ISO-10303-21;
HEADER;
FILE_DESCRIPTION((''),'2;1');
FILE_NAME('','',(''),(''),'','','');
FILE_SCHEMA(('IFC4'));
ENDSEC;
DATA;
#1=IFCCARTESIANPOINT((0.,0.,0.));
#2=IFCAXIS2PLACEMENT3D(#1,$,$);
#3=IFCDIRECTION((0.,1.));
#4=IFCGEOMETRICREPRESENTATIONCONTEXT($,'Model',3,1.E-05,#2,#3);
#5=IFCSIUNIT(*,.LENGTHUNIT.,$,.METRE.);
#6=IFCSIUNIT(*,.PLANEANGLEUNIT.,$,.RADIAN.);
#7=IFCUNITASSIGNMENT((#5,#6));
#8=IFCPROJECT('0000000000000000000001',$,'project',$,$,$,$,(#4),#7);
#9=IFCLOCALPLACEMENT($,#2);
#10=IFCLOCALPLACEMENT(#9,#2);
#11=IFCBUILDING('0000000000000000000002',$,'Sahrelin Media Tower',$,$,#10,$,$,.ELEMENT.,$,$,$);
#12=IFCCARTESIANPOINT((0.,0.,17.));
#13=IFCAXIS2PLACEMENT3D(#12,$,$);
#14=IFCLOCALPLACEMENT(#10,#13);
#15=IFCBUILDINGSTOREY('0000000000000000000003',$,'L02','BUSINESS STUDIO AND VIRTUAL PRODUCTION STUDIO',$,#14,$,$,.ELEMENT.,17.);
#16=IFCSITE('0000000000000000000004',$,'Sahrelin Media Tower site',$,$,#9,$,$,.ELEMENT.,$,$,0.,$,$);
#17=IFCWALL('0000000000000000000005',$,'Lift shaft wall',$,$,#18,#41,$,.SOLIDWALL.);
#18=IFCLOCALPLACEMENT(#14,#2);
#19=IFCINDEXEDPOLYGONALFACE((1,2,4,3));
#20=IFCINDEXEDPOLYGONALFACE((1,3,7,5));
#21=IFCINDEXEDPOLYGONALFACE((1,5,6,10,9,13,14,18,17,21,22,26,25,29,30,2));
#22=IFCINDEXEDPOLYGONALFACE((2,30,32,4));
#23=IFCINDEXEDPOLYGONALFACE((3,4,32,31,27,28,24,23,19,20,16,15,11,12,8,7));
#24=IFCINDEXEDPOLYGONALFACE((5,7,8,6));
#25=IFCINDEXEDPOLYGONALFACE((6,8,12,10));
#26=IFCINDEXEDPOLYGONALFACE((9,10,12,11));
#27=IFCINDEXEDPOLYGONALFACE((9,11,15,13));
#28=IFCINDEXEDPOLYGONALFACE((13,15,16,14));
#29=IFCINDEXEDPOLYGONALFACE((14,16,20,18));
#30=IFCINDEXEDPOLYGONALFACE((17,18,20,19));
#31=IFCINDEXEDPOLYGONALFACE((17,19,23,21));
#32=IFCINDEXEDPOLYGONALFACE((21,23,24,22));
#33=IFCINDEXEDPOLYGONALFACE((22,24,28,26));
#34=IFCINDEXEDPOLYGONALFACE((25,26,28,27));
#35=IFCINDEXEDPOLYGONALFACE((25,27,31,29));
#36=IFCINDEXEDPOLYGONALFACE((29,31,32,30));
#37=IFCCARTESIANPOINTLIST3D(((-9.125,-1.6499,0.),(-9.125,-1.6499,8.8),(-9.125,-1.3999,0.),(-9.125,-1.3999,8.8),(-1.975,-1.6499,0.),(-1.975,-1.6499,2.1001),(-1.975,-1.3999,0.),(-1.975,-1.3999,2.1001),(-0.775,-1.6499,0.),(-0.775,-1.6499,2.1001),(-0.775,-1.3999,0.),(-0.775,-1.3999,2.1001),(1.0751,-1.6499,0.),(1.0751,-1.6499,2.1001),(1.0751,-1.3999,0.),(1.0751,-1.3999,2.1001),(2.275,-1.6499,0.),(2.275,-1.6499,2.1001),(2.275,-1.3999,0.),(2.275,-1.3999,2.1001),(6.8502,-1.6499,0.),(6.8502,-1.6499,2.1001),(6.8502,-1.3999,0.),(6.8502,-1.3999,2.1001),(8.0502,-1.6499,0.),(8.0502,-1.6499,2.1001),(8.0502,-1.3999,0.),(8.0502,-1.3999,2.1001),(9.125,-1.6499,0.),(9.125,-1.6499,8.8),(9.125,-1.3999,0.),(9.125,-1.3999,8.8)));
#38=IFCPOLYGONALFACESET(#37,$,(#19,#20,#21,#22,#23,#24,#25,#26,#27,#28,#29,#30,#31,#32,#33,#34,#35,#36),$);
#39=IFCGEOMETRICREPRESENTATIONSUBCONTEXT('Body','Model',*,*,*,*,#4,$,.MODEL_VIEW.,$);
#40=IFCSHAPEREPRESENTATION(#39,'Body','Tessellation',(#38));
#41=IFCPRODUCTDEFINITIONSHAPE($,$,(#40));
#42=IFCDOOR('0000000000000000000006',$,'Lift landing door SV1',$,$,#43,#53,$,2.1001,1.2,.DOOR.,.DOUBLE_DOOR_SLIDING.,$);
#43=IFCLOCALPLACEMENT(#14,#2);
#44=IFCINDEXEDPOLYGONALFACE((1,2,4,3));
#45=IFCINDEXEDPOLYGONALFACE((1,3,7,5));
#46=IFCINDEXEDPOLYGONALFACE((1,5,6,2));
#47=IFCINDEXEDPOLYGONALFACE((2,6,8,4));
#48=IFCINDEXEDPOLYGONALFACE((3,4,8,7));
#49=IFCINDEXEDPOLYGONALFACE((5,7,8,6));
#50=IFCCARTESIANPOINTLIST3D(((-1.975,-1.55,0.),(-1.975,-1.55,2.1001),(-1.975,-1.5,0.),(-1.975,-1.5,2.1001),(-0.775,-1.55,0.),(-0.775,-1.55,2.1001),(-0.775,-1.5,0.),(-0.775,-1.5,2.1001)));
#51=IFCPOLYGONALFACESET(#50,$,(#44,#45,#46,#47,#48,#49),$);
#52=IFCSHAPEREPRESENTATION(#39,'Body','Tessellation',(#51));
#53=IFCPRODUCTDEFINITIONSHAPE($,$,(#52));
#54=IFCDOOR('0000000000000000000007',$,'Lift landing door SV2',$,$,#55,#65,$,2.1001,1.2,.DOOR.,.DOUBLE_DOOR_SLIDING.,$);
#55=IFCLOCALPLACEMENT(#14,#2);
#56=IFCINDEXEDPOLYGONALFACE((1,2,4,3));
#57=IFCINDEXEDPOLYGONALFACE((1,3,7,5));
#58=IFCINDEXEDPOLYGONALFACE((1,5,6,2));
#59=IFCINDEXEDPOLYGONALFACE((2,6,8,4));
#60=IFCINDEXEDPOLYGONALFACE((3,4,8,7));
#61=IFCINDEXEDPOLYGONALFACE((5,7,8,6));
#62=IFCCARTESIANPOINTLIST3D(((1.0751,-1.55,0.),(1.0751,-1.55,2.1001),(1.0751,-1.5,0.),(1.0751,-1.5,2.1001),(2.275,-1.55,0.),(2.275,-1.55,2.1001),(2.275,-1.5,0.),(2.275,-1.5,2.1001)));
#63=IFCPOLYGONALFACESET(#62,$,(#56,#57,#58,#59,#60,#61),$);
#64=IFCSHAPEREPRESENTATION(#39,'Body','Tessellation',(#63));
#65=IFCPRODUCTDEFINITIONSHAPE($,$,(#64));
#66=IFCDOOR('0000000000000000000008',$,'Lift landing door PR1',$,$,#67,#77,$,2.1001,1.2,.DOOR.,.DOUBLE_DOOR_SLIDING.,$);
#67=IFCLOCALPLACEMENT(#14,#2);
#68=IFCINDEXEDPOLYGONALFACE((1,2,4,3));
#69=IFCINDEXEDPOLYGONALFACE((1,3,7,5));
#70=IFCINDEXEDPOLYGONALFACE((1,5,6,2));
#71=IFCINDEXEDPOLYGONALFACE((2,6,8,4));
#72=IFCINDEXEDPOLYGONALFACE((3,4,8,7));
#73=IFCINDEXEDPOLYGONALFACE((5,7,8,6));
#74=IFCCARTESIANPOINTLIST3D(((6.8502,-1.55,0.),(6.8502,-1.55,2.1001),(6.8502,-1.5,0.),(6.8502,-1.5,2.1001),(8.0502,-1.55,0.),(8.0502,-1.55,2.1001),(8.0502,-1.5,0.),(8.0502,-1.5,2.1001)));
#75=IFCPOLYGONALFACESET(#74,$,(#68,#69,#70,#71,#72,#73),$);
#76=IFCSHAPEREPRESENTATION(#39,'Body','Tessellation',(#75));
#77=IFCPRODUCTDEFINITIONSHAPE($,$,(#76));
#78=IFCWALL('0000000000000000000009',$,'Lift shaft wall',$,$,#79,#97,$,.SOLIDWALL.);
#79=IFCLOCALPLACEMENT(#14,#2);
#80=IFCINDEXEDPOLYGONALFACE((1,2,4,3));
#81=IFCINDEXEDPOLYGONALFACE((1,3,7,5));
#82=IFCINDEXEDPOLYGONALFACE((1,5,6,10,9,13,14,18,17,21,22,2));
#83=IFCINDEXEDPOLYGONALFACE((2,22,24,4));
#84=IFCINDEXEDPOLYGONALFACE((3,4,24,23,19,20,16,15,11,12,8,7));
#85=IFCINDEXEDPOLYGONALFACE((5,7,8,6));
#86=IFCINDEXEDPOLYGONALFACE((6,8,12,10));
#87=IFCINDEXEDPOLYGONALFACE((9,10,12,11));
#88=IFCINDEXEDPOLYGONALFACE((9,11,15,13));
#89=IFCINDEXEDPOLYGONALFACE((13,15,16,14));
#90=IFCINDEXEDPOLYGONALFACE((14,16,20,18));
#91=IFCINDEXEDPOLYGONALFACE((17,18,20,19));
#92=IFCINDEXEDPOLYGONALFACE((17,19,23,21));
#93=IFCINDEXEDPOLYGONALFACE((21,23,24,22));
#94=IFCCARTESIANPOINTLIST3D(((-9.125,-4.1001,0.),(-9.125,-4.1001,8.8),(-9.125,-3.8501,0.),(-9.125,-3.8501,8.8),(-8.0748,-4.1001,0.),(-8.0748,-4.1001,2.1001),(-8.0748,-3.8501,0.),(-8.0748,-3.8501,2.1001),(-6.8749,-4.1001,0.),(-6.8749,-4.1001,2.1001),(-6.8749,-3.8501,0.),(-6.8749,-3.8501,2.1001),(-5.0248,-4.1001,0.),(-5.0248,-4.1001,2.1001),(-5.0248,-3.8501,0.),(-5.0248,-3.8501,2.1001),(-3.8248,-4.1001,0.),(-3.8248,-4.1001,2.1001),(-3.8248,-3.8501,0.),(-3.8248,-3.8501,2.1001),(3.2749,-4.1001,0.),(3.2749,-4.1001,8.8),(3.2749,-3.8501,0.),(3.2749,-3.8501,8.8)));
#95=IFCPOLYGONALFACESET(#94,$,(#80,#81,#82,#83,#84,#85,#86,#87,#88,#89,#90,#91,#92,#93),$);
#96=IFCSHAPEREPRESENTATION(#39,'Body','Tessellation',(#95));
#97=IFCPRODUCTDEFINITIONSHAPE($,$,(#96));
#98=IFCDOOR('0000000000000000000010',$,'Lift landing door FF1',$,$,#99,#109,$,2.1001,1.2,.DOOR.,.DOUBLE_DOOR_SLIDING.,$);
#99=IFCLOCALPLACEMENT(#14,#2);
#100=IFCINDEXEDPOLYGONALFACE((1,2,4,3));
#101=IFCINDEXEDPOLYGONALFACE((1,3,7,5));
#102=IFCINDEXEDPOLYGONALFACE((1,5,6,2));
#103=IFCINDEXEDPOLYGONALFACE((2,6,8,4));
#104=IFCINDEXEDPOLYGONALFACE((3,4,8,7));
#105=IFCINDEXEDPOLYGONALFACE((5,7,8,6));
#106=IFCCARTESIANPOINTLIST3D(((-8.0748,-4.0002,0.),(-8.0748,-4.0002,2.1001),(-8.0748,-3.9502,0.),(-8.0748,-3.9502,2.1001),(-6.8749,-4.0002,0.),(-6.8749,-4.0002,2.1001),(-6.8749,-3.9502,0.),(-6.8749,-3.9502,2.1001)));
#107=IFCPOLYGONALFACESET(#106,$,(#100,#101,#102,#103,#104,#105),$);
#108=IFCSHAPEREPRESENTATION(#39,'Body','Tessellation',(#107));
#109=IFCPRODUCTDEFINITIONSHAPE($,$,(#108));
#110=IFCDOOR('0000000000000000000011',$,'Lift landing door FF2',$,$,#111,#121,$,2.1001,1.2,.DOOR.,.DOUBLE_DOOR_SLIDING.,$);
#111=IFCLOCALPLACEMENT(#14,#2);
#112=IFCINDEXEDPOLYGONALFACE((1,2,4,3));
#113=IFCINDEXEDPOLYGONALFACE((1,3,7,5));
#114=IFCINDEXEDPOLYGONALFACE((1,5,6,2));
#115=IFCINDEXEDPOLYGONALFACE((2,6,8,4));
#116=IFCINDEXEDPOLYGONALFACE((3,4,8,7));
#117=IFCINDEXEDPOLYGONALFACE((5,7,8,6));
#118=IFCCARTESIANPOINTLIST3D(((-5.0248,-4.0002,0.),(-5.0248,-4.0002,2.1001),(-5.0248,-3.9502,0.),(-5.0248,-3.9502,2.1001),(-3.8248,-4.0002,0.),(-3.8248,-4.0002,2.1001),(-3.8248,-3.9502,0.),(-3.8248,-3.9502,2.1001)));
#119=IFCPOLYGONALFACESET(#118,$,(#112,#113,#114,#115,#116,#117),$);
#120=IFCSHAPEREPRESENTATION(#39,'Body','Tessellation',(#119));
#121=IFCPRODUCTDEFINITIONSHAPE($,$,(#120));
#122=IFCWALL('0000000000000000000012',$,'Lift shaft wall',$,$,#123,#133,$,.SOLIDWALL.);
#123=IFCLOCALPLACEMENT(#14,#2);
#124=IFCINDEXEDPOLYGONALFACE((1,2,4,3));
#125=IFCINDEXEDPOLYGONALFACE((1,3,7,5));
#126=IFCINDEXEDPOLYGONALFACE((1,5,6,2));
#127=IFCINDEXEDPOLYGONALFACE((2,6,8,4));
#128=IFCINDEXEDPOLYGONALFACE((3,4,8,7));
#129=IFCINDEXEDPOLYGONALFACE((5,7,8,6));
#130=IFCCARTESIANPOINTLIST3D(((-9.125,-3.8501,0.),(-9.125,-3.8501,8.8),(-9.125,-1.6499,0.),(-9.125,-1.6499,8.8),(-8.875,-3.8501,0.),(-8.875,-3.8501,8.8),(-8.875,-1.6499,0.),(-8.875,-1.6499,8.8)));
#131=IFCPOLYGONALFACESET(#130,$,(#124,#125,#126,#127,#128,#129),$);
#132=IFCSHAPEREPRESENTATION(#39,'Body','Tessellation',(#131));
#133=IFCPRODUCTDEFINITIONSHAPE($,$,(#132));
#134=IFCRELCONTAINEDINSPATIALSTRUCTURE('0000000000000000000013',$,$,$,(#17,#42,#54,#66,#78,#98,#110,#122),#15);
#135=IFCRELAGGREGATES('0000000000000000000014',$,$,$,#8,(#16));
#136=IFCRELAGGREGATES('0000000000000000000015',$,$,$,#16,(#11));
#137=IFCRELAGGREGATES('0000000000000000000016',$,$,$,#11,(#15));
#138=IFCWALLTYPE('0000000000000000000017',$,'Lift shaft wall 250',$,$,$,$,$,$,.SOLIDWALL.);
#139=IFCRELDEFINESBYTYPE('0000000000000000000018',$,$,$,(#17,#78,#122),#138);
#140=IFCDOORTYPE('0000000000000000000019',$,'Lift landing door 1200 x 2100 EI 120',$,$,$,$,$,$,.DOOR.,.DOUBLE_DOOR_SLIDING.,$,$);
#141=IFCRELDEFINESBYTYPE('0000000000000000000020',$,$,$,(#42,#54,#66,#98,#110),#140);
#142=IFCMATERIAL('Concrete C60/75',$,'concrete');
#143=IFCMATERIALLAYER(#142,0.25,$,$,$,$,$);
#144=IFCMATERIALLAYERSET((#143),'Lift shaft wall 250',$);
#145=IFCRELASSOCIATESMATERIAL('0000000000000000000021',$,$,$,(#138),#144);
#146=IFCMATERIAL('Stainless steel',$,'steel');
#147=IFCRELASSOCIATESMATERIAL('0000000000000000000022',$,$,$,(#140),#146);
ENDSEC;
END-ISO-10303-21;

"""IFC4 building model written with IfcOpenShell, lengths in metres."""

from ifc_helpers import new_model, si_unit, direction, frame, frame_2d, origin, place, context, subcontext, project, spatial, rectangle, extrude, material, layer, layer_set, type_object, element, fill, save


model = new_model("IFC4")

# Units and contexts
model_context = context("Model", 3, precision=1e-05, world=origin(), true_north=direction((0.0, 1.0)))
body_context = subcontext(model_context, "Body", "Model", "MODEL_VIEW")
ifc_project = project(units=[si_unit("LENGTHUNIT", "METRE"), si_unit("PLANEANGLEUNIT", "RADIAN")], contexts=[model_context])

# Site, building, storey
site_placement = place(None, origin())
site = spatial("IfcSite", under=ifc_project, at=site_placement, Name="Sahrelin Media Tower site", CompositionType="ELEMENT", RefElevation=0.0)
building_placement = place(site_placement, origin())
building = spatial("IfcBuilding", under=site, at=building_placement, Name="Sahrelin Media Tower", CompositionType="ELEMENT")
storey_placement = place(building_placement, frame((0.0, 0.0, 17.0)))
storey = spatial("IfcBuildingStorey", under=building, at=storey_placement, Name="L02", Description="BUSINESS STUDIO AND VIRTUAL PRODUCTION STUDIO", CompositionType="ELEMENT", Elevation=17.0)

# Walls, openings, doors
ifc_material_1 = material(Name="Concrete C60/75", Category="concrete")
ifc_layer_1 = layer(ifc_material_1, 0.25)
ifc_layer_set_1 = layer_set([ifc_layer_1], Name="Lift shaft wall 250")
wall_type_1 = type_object("IfcWallType", Name="Lift shaft wall 250", PredefinedType="SOLIDWALL", material=ifc_layer_set_1)
wall_1_placement = place(storey_placement, frame((-9.125, -1.5249, 0.0), z_axis=(0.0, 0.0, 1.0), x_axis=(1.0, 0.0, 0.0)))
wall_1 = element("IfcWall", 1, at=wall_1_placement, inside=storey, type_object=wall_type_1, Name="Lift shaft wall", PredefinedType="SOLIDWALL", context=body_context, shape_type="SweptSolid", body=[
    extrude(rectangle(XDim=18.25, YDim=0.25, at=frame_2d((9.125, 0.0))), origin(), (0.0, 0.0, 1.0), 8.8),
])
opening_1_placement = place(wall_1_placement, frame((7.1499, 0.0, 0.0)))
opening_1 = element("IfcOpeningElement", 2, at=opening_1_placement, cuts=wall_1, PredefinedType="OPENING", context=body_context, shape_type="SweptSolid", body=[
    extrude(rectangle(XDim=1.2, YDim=2.1001, at=frame_2d((0.6001, 1.05))), frame((0.0, 0.125, 0.0), z_axis=(0.0, -1.0, 0.0), x_axis=(1.0, 0.0, 0.0)), (0.0, 0.0, 1.0), 0.25),
])
opening_2_placement = place(wall_1_placement, frame((10.2, 0.0, 0.0)))
opening_2 = element("IfcOpeningElement", 3, at=opening_2_placement, cuts=wall_1, PredefinedType="OPENING", context=body_context, shape_type="SweptSolid", body=[
    extrude(rectangle(XDim=1.2, YDim=2.1001, at=frame_2d((0.6001, 1.05))), frame((0.0, 0.125, 0.0), z_axis=(0.0, -1.0, 0.0), x_axis=(1.0, 0.0, 0.0)), (0.0, 0.0, 1.0), 0.25),
])
opening_3_placement = place(wall_1_placement, frame((15.9751, 0.0, 0.0)))
opening_3 = element("IfcOpeningElement", 4, at=opening_3_placement, cuts=wall_1, PredefinedType="OPENING", context=body_context, shape_type="SweptSolid", body=[
    extrude(rectangle(XDim=1.2, YDim=2.1001, at=frame_2d((0.6001, 1.05))), frame((0.0, 0.125, 0.0), z_axis=(0.0, -1.0, 0.0), x_axis=(1.0, 0.0, 0.0)), (0.0, 0.0, 1.0), 0.25),
])
ifc_material_2 = material(Name="Stainless steel", Category="steel")
door_type_1 = type_object("IfcDoorType", Name="Lift landing door 1200 x 2100 EI 120", OperationType="DOUBLE_DOOR_SLIDING", PredefinedType="DOOR", material=ifc_material_2)
door_1_placement = place(opening_1_placement, origin())
door_1 = element("IfcDoor", 5, at=door_1_placement, inside=storey, type_object=door_type_1, Name="Lift landing door SV1", OperationType="DOUBLE_DOOR_SLIDING", OverallHeight=2.1001, OverallWidth=1.2, PredefinedType="DOOR", context=body_context, shape_type="SweptSolid", body=[
    extrude(rectangle(XDim=1.2, YDim=2.1001, at=frame_2d((0.6001, 1.05))), frame((0.0, 0.0249, 0.0), z_axis=(0.0, -1.0, 0.0), x_axis=(1.0, 0.0, 0.0)), (0.0, 0.0, 1.0), 0.05),
])
fill(opening_1, door_1)
door_2_placement = place(opening_2_placement, origin())
door_2 = element("IfcDoor", 6, at=door_2_placement, inside=storey, type_object=door_type_1, Name="Lift landing door SV2", OperationType="DOUBLE_DOOR_SLIDING", OverallHeight=2.1001, OverallWidth=1.2, PredefinedType="DOOR", context=body_context, shape_type="SweptSolid", body=[
    extrude(rectangle(XDim=1.2, YDim=2.1001, at=frame_2d((0.6001, 1.05))), frame((0.0, 0.0249, 0.0), z_axis=(0.0, -1.0, 0.0), x_axis=(1.0, 0.0, 0.0)), (0.0, 0.0, 1.0), 0.05),
])
fill(opening_2, door_2)
door_3_placement = place(opening_3_placement, origin())
door_3 = element("IfcDoor", 7, at=door_3_placement, inside=storey, type_object=door_type_1, Name="Lift landing door PR1", OperationType="DOUBLE_DOOR_SLIDING", OverallHeight=2.1001, OverallWidth=1.2, PredefinedType="DOOR", context=body_context, shape_type="SweptSolid", body=[
    extrude(rectangle(XDim=1.2, YDim=2.1001, at=frame_2d((0.6001, 1.05))), frame((0.0, 0.0249, 0.0), z_axis=(0.0, -1.0, 0.0), x_axis=(1.0, 0.0, 0.0)), (0.0, 0.0, 1.0), 0.05),
])
fill(opening_3, door_3)
wall_2_placement = place(storey_placement, frame((-9.125, -3.9751, 0.0), z_axis=(0.0, 0.0, 1.0), x_axis=(1.0, 0.0, 0.0)))
wall_2 = element("IfcWall", 8, at=wall_2_placement, inside=storey, type_object=wall_type_1, Name="Lift shaft wall", PredefinedType="SOLIDWALL", context=body_context, shape_type="SweptSolid", body=[
    extrude(rectangle(XDim=12.3999, YDim=0.25, at=frame_2d((6.2, 0.0))), origin(), (0.0, 0.0, 1.0), 8.8),
])
opening_4_placement = place(wall_2_placement, frame((1.05, 0.0, 0.0)))
opening_4 = element("IfcOpeningElement", 9, at=opening_4_placement, cuts=wall_2, PredefinedType="OPENING", context=body_context, shape_type="SweptSolid", body=[
    extrude(rectangle(XDim=1.2, YDim=2.1001, at=frame_2d((0.6001, 1.05))), frame((0.0, 0.125, 0.0), z_axis=(0.0, -1.0, 0.0), x_axis=(1.0, 0.0, 0.0)), (0.0, 0.0, 1.0), 0.25),
])
opening_5_placement = place(wall_2_placement, frame((4.1001, 0.0, 0.0)))
opening_5 = element("IfcOpeningElement", 10, at=opening_5_placement, cuts=wall_2, PredefinedType="OPENING", context=body_context, shape_type="SweptSolid", body=[
    extrude(rectangle(XDim=1.2, YDim=2.1001, at=frame_2d((0.6001, 1.05))), frame((0.0, 0.125, 0.0), z_axis=(0.0, -1.0, 0.0), x_axis=(1.0, 0.0, 0.0)), (0.0, 0.0, 1.0), 0.25),
])
door_4_placement = place(opening_4_placement, origin())
door_4 = element("IfcDoor", 11, at=door_4_placement, inside=storey, type_object=door_type_1, Name="Lift landing door FF1", OperationType="DOUBLE_DOOR_SLIDING", OverallHeight=2.1001, OverallWidth=1.2, PredefinedType="DOOR", context=body_context, shape_type="SweptSolid", body=[
    extrude(rectangle(XDim=1.2, YDim=2.1001, at=frame_2d((0.6001, 1.05))), frame((0.0, 0.0249, 0.0), z_axis=(0.0, -1.0, 0.0), x_axis=(1.0, 0.0, 0.0)), (0.0, 0.0, 1.0), 0.05),
])
fill(opening_4, door_4)
door_5_placement = place(opening_5_placement, origin())
door_5 = element("IfcDoor", 12, at=door_5_placement, inside=storey, type_object=door_type_1, Name="Lift landing door FF2", OperationType="DOUBLE_DOOR_SLIDING", OverallHeight=2.1001, OverallWidth=1.2, PredefinedType="DOOR", context=body_context, shape_type="SweptSolid", body=[
    extrude(rectangle(XDim=1.2, YDim=2.1001, at=frame_2d((0.6001, 1.05))), frame((0.0, 0.0249, 0.0), z_axis=(0.0, -1.0, 0.0), x_axis=(1.0, 0.0, 0.0)), (0.0, 0.0, 1.0), 0.05),
])
fill(opening_5, door_5)

# Wall
wall_3_placement = place(storey_placement, frame((-9.0, -3.8501, 0.0), z_axis=(0.0, 0.0, 1.0), x_axis=(0.0, 1.0, 0.0)))
element("IfcWall", 13, at=wall_3_placement, inside=storey, type_object=wall_type_1, Name="Lift shaft wall", PredefinedType="SOLIDWALL", context=body_context, shape_type="SweptSolid", body=[
    extrude(rectangle(XDim=2.2002, YDim=0.25, at=frame_2d((1.1001, 0.0))), origin(), (0.0, 0.0, 1.0), 8.8),
])

save(model, "model.ifc")
